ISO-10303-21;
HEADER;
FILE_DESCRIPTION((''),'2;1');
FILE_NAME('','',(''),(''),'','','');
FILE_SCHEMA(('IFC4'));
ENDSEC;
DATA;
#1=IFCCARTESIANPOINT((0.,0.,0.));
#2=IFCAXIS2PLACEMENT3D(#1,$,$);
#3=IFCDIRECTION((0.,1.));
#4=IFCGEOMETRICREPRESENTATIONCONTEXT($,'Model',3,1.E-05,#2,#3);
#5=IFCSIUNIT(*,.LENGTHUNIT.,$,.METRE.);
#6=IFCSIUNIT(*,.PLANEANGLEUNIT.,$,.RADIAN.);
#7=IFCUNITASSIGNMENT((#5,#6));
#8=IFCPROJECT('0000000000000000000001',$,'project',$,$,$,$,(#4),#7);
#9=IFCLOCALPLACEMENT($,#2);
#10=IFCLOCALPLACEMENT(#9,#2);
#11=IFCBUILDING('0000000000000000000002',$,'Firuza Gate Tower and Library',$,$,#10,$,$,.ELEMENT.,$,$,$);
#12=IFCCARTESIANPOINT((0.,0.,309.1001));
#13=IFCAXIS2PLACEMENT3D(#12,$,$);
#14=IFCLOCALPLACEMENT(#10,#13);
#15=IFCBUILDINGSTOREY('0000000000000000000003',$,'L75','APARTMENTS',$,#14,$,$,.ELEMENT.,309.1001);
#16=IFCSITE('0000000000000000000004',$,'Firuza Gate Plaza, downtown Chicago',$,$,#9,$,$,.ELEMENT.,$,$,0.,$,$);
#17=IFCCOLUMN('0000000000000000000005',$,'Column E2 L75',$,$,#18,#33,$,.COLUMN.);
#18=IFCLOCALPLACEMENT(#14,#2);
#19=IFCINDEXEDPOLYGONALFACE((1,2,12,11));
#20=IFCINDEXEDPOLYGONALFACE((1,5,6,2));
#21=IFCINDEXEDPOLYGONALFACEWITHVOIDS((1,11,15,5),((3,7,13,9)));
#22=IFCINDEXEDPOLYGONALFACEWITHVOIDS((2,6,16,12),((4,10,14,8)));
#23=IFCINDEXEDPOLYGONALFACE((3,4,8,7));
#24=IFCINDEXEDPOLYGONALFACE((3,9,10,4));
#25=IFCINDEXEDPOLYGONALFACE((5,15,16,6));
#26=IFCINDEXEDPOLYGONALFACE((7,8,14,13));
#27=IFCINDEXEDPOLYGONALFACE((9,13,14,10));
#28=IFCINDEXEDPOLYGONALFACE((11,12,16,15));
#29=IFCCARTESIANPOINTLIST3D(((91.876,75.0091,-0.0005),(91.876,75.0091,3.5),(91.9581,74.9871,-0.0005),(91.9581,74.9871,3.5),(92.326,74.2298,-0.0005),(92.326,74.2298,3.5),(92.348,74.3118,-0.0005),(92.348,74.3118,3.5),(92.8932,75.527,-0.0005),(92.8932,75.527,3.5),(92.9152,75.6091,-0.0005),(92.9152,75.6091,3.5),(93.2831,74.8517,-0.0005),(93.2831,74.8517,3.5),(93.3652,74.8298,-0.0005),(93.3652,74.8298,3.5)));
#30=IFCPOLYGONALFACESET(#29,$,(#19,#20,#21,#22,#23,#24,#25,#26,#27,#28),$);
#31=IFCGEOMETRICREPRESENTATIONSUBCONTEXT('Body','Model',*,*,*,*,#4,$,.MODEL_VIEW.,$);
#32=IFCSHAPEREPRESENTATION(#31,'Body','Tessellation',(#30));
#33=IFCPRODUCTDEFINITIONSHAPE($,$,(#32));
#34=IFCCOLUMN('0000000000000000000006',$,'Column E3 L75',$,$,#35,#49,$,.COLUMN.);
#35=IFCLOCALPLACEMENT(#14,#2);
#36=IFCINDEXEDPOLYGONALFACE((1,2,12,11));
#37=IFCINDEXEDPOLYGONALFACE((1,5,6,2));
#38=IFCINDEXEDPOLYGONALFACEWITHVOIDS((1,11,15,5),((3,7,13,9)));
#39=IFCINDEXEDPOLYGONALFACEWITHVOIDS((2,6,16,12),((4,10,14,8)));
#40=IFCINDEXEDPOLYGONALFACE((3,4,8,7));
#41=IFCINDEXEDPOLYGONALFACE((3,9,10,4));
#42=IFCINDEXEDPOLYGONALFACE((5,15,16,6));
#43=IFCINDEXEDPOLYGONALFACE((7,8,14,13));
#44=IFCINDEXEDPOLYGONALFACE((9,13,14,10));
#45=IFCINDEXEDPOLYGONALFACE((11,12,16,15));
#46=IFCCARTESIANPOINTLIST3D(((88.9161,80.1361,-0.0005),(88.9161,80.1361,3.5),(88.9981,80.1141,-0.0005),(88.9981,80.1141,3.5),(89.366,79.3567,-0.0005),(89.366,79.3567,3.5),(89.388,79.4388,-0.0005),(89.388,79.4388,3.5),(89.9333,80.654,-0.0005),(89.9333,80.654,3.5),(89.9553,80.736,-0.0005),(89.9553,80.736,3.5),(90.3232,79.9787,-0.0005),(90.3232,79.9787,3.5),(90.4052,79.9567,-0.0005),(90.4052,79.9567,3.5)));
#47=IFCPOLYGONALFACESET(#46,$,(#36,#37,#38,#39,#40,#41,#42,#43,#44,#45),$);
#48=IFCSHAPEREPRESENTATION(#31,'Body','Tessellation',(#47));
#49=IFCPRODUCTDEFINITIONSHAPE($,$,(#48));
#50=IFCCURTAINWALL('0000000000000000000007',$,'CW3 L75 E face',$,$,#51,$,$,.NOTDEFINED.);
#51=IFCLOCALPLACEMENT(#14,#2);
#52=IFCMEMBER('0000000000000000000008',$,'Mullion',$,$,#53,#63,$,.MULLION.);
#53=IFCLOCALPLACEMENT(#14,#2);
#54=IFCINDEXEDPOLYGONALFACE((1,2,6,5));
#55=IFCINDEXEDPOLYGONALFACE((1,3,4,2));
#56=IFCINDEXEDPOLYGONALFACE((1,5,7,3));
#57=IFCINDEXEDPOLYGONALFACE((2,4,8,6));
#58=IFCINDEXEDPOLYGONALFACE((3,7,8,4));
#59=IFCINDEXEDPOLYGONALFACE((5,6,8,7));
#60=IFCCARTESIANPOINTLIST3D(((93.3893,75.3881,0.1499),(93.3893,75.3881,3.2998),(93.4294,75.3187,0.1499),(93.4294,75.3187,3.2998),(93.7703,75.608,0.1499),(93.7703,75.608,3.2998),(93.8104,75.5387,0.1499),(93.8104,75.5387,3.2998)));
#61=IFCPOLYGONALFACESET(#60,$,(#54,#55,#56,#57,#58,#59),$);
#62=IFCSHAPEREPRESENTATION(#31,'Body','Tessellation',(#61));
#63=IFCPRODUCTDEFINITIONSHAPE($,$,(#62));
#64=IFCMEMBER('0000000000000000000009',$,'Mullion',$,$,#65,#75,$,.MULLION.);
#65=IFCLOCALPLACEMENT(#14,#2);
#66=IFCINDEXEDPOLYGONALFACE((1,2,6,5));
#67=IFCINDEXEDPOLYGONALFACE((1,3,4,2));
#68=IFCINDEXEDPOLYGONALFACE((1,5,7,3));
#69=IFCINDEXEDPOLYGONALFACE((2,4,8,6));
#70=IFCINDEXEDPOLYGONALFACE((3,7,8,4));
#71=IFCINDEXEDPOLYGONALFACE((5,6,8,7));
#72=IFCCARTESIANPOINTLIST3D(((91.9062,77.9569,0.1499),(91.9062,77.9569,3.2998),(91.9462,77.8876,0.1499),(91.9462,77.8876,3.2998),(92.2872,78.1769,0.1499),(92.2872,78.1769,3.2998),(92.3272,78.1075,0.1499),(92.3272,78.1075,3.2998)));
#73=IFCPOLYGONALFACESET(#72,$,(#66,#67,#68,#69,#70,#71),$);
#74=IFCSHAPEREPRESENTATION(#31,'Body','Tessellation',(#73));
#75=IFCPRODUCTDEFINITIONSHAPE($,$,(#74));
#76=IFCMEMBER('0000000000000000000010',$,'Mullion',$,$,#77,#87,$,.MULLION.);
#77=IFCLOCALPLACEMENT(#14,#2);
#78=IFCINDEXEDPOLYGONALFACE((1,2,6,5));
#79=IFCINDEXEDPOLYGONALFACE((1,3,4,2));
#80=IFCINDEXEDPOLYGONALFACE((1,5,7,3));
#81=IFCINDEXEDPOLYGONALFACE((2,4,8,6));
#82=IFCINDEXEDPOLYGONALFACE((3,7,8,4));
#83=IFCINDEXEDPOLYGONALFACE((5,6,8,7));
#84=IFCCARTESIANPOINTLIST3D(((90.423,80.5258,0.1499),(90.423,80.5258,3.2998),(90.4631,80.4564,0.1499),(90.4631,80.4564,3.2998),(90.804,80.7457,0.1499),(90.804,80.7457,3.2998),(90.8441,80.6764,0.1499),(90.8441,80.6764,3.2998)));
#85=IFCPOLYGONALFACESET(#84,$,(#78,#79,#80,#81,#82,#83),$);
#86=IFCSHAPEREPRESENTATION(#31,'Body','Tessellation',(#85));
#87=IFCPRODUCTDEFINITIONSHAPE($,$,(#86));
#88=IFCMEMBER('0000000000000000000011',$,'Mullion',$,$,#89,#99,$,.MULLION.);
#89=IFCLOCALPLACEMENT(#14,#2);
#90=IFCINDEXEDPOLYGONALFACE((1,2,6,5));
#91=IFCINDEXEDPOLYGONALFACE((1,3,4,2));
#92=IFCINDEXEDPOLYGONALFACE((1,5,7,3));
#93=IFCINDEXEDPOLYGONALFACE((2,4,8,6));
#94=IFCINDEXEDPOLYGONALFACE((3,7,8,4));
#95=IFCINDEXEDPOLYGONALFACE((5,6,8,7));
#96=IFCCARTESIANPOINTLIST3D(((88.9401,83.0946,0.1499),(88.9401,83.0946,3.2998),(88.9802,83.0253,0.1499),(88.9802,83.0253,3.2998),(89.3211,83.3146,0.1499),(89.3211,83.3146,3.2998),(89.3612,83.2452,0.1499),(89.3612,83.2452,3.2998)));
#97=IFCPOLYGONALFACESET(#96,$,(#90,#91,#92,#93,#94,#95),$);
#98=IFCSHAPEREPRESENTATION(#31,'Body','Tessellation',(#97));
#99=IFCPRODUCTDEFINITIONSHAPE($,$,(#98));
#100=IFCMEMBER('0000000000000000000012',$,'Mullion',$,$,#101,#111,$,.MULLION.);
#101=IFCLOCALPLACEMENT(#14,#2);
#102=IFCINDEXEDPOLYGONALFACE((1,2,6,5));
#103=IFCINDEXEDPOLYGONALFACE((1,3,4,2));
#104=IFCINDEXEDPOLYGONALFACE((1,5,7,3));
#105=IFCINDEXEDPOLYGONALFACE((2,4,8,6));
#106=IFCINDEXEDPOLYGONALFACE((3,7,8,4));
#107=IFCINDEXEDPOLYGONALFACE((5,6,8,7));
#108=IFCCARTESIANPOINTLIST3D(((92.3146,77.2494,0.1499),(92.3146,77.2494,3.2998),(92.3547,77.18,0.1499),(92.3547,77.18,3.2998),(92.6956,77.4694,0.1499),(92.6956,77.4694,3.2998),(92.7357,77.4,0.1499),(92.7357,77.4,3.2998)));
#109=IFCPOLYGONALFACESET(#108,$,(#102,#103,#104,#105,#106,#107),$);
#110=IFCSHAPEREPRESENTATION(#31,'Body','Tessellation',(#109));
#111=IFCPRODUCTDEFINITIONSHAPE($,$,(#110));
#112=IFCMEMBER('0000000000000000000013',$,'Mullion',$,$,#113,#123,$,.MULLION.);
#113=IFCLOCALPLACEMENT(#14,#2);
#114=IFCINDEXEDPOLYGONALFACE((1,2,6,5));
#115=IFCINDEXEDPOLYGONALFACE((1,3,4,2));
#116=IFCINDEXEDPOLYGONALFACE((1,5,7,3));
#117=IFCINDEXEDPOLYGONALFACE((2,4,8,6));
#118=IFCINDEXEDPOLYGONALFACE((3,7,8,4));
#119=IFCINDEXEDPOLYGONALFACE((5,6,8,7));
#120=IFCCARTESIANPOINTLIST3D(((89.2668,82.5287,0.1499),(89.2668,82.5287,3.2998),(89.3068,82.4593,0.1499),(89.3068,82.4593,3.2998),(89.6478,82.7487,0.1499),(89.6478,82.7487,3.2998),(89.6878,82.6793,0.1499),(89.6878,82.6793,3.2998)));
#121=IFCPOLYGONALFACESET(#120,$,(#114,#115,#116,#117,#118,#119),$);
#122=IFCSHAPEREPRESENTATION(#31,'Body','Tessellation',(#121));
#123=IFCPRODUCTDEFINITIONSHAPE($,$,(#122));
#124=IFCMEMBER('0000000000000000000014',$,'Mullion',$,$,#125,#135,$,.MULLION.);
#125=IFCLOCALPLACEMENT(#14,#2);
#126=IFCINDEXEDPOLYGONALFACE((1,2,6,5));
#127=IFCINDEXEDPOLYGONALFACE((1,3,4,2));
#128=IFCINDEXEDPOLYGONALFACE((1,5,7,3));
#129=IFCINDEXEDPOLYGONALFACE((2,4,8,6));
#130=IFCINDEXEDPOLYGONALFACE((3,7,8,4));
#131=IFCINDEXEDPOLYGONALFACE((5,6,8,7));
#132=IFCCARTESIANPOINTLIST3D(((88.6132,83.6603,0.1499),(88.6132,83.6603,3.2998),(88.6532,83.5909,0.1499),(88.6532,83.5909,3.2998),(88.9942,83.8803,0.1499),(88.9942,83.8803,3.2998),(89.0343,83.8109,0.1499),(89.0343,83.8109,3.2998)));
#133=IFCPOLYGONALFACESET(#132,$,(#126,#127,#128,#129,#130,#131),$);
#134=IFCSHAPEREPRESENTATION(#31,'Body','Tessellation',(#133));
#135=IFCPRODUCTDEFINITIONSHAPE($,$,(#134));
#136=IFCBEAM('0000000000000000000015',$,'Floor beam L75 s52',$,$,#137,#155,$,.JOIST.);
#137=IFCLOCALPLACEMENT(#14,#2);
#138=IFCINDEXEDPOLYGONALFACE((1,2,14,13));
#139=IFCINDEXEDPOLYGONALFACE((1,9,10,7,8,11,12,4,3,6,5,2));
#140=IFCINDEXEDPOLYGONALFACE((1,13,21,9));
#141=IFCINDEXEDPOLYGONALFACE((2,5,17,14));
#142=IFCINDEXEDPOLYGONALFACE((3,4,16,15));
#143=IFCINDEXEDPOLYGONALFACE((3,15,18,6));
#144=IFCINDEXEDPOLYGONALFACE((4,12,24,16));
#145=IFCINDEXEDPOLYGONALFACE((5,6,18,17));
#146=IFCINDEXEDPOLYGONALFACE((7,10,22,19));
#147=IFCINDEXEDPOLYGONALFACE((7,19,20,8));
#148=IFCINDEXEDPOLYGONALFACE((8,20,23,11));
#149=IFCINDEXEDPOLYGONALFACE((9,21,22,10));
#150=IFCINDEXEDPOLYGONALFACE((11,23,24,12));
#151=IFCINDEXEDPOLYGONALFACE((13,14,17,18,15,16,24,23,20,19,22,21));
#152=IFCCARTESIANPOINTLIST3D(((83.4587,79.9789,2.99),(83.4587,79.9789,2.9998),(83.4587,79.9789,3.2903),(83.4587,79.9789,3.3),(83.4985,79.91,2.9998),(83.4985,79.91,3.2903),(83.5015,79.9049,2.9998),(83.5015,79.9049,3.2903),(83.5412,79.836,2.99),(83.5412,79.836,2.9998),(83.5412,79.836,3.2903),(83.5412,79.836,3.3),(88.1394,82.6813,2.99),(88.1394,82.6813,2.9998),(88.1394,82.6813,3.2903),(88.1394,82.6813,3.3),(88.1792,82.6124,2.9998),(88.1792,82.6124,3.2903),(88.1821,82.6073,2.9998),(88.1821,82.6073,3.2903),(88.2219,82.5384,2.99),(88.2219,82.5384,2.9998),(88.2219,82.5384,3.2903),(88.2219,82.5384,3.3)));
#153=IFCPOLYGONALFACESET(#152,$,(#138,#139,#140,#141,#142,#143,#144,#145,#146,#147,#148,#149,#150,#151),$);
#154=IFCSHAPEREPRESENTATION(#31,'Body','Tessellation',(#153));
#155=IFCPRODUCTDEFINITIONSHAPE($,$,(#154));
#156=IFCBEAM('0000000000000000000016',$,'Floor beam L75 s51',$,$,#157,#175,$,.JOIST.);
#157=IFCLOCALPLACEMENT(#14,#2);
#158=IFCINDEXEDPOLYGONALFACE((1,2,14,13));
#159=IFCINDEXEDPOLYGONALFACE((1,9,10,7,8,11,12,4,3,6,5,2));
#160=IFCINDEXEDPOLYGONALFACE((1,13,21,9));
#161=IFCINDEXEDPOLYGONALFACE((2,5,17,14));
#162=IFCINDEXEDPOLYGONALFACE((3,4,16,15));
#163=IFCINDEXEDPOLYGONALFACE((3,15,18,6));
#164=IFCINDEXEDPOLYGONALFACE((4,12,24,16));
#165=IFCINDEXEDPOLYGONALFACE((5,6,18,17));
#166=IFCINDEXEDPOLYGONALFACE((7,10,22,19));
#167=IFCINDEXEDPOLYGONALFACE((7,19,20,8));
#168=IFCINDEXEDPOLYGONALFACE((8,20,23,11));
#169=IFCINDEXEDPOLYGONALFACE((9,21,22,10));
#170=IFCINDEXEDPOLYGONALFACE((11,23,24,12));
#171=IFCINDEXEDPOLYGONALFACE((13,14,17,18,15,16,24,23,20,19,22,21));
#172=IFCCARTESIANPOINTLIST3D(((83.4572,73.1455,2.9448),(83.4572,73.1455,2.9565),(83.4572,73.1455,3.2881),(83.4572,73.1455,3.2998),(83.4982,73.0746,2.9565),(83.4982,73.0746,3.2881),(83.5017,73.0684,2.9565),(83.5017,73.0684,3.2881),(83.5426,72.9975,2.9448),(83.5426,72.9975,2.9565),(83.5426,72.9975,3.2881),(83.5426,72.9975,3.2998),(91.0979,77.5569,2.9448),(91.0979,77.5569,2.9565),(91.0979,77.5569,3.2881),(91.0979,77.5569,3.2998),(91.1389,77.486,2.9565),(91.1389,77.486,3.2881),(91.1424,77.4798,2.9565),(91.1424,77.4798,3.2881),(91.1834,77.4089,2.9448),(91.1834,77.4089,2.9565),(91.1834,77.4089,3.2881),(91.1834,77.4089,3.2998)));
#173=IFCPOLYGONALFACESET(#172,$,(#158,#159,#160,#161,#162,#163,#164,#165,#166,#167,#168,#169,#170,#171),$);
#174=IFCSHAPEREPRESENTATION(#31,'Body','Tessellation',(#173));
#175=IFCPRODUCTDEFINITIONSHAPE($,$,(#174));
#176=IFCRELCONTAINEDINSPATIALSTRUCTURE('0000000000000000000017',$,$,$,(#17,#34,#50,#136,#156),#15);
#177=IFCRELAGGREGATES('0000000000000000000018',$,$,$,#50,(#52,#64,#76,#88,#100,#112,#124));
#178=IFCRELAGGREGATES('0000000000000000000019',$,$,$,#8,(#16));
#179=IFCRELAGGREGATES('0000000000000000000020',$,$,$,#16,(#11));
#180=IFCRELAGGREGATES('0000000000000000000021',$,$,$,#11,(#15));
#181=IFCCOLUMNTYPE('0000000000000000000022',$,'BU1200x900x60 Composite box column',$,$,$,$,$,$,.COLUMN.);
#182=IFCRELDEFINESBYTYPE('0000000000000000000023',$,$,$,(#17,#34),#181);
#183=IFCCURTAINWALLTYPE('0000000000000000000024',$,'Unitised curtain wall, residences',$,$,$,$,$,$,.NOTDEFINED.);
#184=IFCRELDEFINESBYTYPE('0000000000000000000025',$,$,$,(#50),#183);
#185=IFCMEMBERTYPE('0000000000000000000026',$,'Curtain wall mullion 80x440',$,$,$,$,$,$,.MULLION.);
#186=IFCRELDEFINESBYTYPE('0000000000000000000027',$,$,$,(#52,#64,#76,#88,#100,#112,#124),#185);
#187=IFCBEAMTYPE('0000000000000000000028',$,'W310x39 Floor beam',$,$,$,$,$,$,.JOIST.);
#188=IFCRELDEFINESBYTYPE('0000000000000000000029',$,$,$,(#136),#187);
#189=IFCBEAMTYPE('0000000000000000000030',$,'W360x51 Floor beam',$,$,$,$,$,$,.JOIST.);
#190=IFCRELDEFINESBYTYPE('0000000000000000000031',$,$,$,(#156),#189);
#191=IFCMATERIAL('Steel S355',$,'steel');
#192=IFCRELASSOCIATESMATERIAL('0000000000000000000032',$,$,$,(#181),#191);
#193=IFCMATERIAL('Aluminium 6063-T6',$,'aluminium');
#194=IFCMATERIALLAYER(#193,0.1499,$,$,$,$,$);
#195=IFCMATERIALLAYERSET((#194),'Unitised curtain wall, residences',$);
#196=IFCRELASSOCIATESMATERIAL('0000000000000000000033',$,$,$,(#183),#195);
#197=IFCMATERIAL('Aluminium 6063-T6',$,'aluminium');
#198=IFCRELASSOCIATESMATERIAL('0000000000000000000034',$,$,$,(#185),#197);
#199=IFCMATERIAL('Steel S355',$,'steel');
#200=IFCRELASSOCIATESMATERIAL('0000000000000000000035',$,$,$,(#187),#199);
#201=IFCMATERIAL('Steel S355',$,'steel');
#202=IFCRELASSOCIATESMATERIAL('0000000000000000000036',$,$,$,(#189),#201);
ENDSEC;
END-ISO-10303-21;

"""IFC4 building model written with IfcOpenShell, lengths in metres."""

from ifc_helpers import new_model, si_unit, direction, frame, origin, origin_2d, place, context, subcontext, project, spatial, rectangle, hollow_rectangle, i_section, extrude, material, layer, layer_set, material_profile, profile_set, type_object, element, aggregate, save


model = new_model("IFC4")

# Units and contexts
model_context = context("Model", 3, precision=1e-05, world=origin(), true_north=direction((0.0, 1.0)))
body_context = subcontext(model_context, "Body", "Model", "MODEL_VIEW")
ifc_project = project(units=[si_unit("LENGTHUNIT", "METRE"), si_unit("PLANEANGLEUNIT", "RADIAN")], contexts=[model_context])

# Site, building, storey
site_placement = place(None, origin())
site = spatial("IfcSite", under=ifc_project, at=site_placement, Name="Firuza Gate Plaza, downtown Chicago", CompositionType="ELEMENT", RefElevation=0.0)
building_placement = place(site_placement, origin())
building = spatial("IfcBuilding", under=site, at=building_placement, Name="Firuza Gate Tower and Library", CompositionType="ELEMENT")
storey_placement = place(building_placement, frame((0.0, 0.0, 309.1001)))
storey = spatial("IfcBuildingStorey", under=building, at=storey_placement, Name="L75", Description="APARTMENTS", CompositionType="ELEMENT", Elevation=309.1001)

# Columns
ifc_material_1 = material(Name="Steel S355", Category="steel")
ifc_material_profile_1 = material_profile(ifc_material_1, hollow_rectangle(XDim=0.8999, YDim=1.2, WallThickness=0.0601, at=origin_2d()))
ifc_profile_set_1 = profile_set([ifc_material_profile_1], Name="Steel S355")
column_type = type_object("IfcColumnType", Name="BU1200x900x60 Composite box column", PredefinedType="COLUMN", material=ifc_profile_set_1)
for number, where, z_axis, x_axis, name in (
    (1, (92.6206, 74.9194, -0.0005), (0.0, 0.0, 1.0), (-0.5, 0.866025, 0.0), "Column E2 L75"),
    (2, (89.6606, 80.0464, -0.0005), (0.0, 0.0, 1.0), (-0.5, 0.866025, 0.0), "Column E3 L75"),
):
    element("IfcColumn", number, at=place(storey_placement, frame(where, z_axis=z_axis, x_axis=x_axis)), inside=storey, type_object=column_type, Name=name, PredefinedType="COLUMN", context=body_context, shape_type="SweptSolid", body=[
        extrude(hollow_rectangle(XDim=0.8999, YDim=1.2, WallThickness=0.0601, at=origin_2d()), origin(), (0.0, 0.0, 1.0), 3.5005),
    ])

# Curtain wall, members
ifc_material_2 = material(Name="Aluminium 6063-T6", Category="aluminium")
ifc_layer_1 = layer(ifc_material_2, 0.1499)
ifc_layer_set_1 = layer_set([ifc_layer_1], Name="Unitised curtain wall, residences")
curtain_wall_type = type_object("IfcCurtainWallType", Name="Unitised curtain wall, residences", PredefinedType="NOTDEFINED", material=ifc_layer_set_1)
curtain_wall_placement = place(storey_placement, origin())
curtain_wall = element("IfcCurtainWall", 3, at=curtain_wall_placement, inside=storey, type_object=curtain_wall_type, Name="CW3 L75 E face", PredefinedType="NOTDEFINED")
ifc_material_3 = material(Name="Aluminium 6063-T6", Category="aluminium")
ifc_material_profile_2 = material_profile(ifc_material_3, rectangle(XDim=0.4399, YDim=0.0801, at=origin_2d()))
ifc_profile_set_2 = profile_set([ifc_material_profile_2], Name="Aluminium 6063-T6")
member_type = type_object("IfcMemberType", Name="Curtain wall mullion 80x440", PredefinedType="MULLION", material=ifc_profile_set_2)
member_1_placement = place(storey_placement, frame((93.5999, 75.4634, 0.1499), z_axis=(0.0, 0.0, 1.0), x_axis=(-0.866025, -0.5, 0.0)))
member_1 = element("IfcMember", 4, at=member_1_placement, type_object=member_type, Name="Mullion", PredefinedType="MULLION", context=body_context, shape_type="SweptSolid", body=[
    extrude(rectangle(XDim=0.4399, YDim=0.0801, at=origin_2d()), origin(), (0.0, 0.0, 1.0), 3.1499),
])
member_2_placement = place(storey_placement, frame((92.1167, 78.0322, 0.1499), z_axis=(0.0, 0.0, 1.0), x_axis=(-0.866025, -0.5, 0.0)))
member_2 = element("IfcMember", 5, at=member_2_placement, type_object=member_type, Name="Mullion", PredefinedType="MULLION", context=body_context, shape_type="SweptSolid", body=[
    extrude(rectangle(XDim=0.4399, YDim=0.0801, at=origin_2d()), origin(), (0.0, 0.0, 1.0), 3.1499),
])
member_3_placement = place(storey_placement, frame((90.6335, 80.6011, 0.1499), z_axis=(0.0, 0.0, 1.0), x_axis=(-0.866025, -0.5, 0.0)))
member_3 = element("IfcMember", 6, at=member_3_placement, type_object=member_type, Name="Mullion", PredefinedType="MULLION", context=body_context, shape_type="SweptSolid", body=[
    extrude(rectangle(XDim=0.4399, YDim=0.0801, at=origin_2d()), origin(), (0.0, 0.0, 1.0), 3.1499),
])
member_4_placement = place(storey_placement, frame((89.1506, 83.1699, 0.1499), z_axis=(0.0, 0.0, 1.0), x_axis=(-0.866025, -0.5, 0.0)))
member_4 = element("IfcMember", 7, at=member_4_placement, type_object=member_type, Name="Mullion", PredefinedType="MULLION", context=body_context, shape_type="SweptSolid", body=[
    extrude(rectangle(XDim=0.4399, YDim=0.0801, at=origin_2d()), origin(), (0.0, 0.0, 1.0), 3.1499),
])
member_5_placement = place(storey_placement, frame((92.5251, 77.3247, 0.1499), z_axis=(0.0, 0.0, 1.0), x_axis=(-0.866025, -0.5, 0.0)))
member_5 = element("IfcMember", 8, at=member_5_placement, type_object=member_type, Name="Mullion", PredefinedType="MULLION", context=body_context, shape_type="SweptSolid", body=[
    extrude(rectangle(XDim=0.4399, YDim=0.0801, at=origin_2d()), origin(), (0.0, 0.0, 1.0), 3.1499),
])
member_6_placement = place(storey_placement, frame((89.4773, 82.604, 0.1499), z_axis=(0.0, 0.0, 1.0), x_axis=(-0.866025, -0.5, 0.0)))
member_6 = element("IfcMember", 9, at=member_6_placement, type_object=member_type, Name="Mullion", PredefinedType="MULLION", context=body_context, shape_type="SweptSolid", body=[
    extrude(rectangle(XDim=0.4399, YDim=0.0801, at=origin_2d()), origin(), (0.0, 0.0, 1.0), 3.1499),
])
member_7_placement = place(storey_placement, frame((88.8237, 83.7356, 0.1499), z_axis=(0.0, 0.0, 1.0), x_axis=(-0.866025, -0.5, 0.0)))
member_7 = element("IfcMember", 10, at=member_7_placement, type_object=member_type, Name="Mullion", PredefinedType="MULLION", context=body_context, shape_type="SweptSolid", body=[
    extrude(rectangle(XDim=0.4399, YDim=0.0801, at=origin_2d()), origin(), (0.0, 0.0, 1.0), 3.1499),
])

# Beams
ifc_material_4 = material(Name="Steel S355", Category="steel")
ifc_material_profile_3 = material_profile(ifc_material_4, i_section(OverallWidth=0.165, OverallDepth=0.3101, WebThickness=0.0059, FlangeThickness=0.0098, at=origin_2d()))
ifc_profile_set_3 = profile_set([ifc_material_profile_3], Name="Steel S355")
beam_type_1 = type_object("IfcBeamType", Name="W310x39 Floor beam", PredefinedType="JOIST", material=ifc_profile_set_3)
beam_1_placement = place(storey_placement, frame((88.1807, 82.6099, 3.145), z_axis=(-0.866025, -0.500001, 0.0), x_axis=(0.500001, -0.866025, 0.0)))
element("IfcBeam", 11, at=beam_1_placement, inside=storey, type_object=beam_type_1, Name="Floor beam L75 s52", PredefinedType="JOIST", context=body_context, shape_type="SweptSolid", body=[
    extrude(i_section(OverallWidth=0.165, OverallDepth=0.3101, WebThickness=0.0059, FlangeThickness=0.0098, at=origin_2d()), origin(), (0.0, 0.0, 1.0), 5.4048),
])
ifc_material_5 = material(Name="Steel S355", Category="steel")
ifc_material_profile_4 = material_profile(ifc_material_5, i_section(OverallWidth=0.1709, OverallDepth=0.355, WebThickness=0.0071, FlangeThickness=0.0117, at=origin_2d()))
ifc_profile_set_4 = profile_set([ifc_material_profile_4], Name="Steel S355")
beam_type_2 = type_object("IfcBeamType", Name="W360x51 Floor beam", PredefinedType="JOIST", material=ifc_profile_set_4)
beam_2_placement = place(storey_placement, frame((91.1406, 77.4829, 3.1223), z_axis=(-0.866022, -0.500005, 0.0), x_axis=(0.500005, -0.866022, 0.0)))
element("IfcBeam", 12, at=beam_2_placement, inside=storey, type_object=beam_type_2, Name="Floor beam L75 s51", PredefinedType="JOIST", context=body_context, shape_type="SweptSolid", body=[
    extrude(i_section(OverallWidth=0.1709, OverallDepth=0.355, WebThickness=0.0071, FlangeThickness=0.0117, at=origin_2d()), origin(), (0.0, 0.0, 1.0), 8.8228),
])

aggregate(curtain_wall, [member_1, member_2, member_3, member_4, member_5, member_6, member_7])

save(model, "model.ifc")
